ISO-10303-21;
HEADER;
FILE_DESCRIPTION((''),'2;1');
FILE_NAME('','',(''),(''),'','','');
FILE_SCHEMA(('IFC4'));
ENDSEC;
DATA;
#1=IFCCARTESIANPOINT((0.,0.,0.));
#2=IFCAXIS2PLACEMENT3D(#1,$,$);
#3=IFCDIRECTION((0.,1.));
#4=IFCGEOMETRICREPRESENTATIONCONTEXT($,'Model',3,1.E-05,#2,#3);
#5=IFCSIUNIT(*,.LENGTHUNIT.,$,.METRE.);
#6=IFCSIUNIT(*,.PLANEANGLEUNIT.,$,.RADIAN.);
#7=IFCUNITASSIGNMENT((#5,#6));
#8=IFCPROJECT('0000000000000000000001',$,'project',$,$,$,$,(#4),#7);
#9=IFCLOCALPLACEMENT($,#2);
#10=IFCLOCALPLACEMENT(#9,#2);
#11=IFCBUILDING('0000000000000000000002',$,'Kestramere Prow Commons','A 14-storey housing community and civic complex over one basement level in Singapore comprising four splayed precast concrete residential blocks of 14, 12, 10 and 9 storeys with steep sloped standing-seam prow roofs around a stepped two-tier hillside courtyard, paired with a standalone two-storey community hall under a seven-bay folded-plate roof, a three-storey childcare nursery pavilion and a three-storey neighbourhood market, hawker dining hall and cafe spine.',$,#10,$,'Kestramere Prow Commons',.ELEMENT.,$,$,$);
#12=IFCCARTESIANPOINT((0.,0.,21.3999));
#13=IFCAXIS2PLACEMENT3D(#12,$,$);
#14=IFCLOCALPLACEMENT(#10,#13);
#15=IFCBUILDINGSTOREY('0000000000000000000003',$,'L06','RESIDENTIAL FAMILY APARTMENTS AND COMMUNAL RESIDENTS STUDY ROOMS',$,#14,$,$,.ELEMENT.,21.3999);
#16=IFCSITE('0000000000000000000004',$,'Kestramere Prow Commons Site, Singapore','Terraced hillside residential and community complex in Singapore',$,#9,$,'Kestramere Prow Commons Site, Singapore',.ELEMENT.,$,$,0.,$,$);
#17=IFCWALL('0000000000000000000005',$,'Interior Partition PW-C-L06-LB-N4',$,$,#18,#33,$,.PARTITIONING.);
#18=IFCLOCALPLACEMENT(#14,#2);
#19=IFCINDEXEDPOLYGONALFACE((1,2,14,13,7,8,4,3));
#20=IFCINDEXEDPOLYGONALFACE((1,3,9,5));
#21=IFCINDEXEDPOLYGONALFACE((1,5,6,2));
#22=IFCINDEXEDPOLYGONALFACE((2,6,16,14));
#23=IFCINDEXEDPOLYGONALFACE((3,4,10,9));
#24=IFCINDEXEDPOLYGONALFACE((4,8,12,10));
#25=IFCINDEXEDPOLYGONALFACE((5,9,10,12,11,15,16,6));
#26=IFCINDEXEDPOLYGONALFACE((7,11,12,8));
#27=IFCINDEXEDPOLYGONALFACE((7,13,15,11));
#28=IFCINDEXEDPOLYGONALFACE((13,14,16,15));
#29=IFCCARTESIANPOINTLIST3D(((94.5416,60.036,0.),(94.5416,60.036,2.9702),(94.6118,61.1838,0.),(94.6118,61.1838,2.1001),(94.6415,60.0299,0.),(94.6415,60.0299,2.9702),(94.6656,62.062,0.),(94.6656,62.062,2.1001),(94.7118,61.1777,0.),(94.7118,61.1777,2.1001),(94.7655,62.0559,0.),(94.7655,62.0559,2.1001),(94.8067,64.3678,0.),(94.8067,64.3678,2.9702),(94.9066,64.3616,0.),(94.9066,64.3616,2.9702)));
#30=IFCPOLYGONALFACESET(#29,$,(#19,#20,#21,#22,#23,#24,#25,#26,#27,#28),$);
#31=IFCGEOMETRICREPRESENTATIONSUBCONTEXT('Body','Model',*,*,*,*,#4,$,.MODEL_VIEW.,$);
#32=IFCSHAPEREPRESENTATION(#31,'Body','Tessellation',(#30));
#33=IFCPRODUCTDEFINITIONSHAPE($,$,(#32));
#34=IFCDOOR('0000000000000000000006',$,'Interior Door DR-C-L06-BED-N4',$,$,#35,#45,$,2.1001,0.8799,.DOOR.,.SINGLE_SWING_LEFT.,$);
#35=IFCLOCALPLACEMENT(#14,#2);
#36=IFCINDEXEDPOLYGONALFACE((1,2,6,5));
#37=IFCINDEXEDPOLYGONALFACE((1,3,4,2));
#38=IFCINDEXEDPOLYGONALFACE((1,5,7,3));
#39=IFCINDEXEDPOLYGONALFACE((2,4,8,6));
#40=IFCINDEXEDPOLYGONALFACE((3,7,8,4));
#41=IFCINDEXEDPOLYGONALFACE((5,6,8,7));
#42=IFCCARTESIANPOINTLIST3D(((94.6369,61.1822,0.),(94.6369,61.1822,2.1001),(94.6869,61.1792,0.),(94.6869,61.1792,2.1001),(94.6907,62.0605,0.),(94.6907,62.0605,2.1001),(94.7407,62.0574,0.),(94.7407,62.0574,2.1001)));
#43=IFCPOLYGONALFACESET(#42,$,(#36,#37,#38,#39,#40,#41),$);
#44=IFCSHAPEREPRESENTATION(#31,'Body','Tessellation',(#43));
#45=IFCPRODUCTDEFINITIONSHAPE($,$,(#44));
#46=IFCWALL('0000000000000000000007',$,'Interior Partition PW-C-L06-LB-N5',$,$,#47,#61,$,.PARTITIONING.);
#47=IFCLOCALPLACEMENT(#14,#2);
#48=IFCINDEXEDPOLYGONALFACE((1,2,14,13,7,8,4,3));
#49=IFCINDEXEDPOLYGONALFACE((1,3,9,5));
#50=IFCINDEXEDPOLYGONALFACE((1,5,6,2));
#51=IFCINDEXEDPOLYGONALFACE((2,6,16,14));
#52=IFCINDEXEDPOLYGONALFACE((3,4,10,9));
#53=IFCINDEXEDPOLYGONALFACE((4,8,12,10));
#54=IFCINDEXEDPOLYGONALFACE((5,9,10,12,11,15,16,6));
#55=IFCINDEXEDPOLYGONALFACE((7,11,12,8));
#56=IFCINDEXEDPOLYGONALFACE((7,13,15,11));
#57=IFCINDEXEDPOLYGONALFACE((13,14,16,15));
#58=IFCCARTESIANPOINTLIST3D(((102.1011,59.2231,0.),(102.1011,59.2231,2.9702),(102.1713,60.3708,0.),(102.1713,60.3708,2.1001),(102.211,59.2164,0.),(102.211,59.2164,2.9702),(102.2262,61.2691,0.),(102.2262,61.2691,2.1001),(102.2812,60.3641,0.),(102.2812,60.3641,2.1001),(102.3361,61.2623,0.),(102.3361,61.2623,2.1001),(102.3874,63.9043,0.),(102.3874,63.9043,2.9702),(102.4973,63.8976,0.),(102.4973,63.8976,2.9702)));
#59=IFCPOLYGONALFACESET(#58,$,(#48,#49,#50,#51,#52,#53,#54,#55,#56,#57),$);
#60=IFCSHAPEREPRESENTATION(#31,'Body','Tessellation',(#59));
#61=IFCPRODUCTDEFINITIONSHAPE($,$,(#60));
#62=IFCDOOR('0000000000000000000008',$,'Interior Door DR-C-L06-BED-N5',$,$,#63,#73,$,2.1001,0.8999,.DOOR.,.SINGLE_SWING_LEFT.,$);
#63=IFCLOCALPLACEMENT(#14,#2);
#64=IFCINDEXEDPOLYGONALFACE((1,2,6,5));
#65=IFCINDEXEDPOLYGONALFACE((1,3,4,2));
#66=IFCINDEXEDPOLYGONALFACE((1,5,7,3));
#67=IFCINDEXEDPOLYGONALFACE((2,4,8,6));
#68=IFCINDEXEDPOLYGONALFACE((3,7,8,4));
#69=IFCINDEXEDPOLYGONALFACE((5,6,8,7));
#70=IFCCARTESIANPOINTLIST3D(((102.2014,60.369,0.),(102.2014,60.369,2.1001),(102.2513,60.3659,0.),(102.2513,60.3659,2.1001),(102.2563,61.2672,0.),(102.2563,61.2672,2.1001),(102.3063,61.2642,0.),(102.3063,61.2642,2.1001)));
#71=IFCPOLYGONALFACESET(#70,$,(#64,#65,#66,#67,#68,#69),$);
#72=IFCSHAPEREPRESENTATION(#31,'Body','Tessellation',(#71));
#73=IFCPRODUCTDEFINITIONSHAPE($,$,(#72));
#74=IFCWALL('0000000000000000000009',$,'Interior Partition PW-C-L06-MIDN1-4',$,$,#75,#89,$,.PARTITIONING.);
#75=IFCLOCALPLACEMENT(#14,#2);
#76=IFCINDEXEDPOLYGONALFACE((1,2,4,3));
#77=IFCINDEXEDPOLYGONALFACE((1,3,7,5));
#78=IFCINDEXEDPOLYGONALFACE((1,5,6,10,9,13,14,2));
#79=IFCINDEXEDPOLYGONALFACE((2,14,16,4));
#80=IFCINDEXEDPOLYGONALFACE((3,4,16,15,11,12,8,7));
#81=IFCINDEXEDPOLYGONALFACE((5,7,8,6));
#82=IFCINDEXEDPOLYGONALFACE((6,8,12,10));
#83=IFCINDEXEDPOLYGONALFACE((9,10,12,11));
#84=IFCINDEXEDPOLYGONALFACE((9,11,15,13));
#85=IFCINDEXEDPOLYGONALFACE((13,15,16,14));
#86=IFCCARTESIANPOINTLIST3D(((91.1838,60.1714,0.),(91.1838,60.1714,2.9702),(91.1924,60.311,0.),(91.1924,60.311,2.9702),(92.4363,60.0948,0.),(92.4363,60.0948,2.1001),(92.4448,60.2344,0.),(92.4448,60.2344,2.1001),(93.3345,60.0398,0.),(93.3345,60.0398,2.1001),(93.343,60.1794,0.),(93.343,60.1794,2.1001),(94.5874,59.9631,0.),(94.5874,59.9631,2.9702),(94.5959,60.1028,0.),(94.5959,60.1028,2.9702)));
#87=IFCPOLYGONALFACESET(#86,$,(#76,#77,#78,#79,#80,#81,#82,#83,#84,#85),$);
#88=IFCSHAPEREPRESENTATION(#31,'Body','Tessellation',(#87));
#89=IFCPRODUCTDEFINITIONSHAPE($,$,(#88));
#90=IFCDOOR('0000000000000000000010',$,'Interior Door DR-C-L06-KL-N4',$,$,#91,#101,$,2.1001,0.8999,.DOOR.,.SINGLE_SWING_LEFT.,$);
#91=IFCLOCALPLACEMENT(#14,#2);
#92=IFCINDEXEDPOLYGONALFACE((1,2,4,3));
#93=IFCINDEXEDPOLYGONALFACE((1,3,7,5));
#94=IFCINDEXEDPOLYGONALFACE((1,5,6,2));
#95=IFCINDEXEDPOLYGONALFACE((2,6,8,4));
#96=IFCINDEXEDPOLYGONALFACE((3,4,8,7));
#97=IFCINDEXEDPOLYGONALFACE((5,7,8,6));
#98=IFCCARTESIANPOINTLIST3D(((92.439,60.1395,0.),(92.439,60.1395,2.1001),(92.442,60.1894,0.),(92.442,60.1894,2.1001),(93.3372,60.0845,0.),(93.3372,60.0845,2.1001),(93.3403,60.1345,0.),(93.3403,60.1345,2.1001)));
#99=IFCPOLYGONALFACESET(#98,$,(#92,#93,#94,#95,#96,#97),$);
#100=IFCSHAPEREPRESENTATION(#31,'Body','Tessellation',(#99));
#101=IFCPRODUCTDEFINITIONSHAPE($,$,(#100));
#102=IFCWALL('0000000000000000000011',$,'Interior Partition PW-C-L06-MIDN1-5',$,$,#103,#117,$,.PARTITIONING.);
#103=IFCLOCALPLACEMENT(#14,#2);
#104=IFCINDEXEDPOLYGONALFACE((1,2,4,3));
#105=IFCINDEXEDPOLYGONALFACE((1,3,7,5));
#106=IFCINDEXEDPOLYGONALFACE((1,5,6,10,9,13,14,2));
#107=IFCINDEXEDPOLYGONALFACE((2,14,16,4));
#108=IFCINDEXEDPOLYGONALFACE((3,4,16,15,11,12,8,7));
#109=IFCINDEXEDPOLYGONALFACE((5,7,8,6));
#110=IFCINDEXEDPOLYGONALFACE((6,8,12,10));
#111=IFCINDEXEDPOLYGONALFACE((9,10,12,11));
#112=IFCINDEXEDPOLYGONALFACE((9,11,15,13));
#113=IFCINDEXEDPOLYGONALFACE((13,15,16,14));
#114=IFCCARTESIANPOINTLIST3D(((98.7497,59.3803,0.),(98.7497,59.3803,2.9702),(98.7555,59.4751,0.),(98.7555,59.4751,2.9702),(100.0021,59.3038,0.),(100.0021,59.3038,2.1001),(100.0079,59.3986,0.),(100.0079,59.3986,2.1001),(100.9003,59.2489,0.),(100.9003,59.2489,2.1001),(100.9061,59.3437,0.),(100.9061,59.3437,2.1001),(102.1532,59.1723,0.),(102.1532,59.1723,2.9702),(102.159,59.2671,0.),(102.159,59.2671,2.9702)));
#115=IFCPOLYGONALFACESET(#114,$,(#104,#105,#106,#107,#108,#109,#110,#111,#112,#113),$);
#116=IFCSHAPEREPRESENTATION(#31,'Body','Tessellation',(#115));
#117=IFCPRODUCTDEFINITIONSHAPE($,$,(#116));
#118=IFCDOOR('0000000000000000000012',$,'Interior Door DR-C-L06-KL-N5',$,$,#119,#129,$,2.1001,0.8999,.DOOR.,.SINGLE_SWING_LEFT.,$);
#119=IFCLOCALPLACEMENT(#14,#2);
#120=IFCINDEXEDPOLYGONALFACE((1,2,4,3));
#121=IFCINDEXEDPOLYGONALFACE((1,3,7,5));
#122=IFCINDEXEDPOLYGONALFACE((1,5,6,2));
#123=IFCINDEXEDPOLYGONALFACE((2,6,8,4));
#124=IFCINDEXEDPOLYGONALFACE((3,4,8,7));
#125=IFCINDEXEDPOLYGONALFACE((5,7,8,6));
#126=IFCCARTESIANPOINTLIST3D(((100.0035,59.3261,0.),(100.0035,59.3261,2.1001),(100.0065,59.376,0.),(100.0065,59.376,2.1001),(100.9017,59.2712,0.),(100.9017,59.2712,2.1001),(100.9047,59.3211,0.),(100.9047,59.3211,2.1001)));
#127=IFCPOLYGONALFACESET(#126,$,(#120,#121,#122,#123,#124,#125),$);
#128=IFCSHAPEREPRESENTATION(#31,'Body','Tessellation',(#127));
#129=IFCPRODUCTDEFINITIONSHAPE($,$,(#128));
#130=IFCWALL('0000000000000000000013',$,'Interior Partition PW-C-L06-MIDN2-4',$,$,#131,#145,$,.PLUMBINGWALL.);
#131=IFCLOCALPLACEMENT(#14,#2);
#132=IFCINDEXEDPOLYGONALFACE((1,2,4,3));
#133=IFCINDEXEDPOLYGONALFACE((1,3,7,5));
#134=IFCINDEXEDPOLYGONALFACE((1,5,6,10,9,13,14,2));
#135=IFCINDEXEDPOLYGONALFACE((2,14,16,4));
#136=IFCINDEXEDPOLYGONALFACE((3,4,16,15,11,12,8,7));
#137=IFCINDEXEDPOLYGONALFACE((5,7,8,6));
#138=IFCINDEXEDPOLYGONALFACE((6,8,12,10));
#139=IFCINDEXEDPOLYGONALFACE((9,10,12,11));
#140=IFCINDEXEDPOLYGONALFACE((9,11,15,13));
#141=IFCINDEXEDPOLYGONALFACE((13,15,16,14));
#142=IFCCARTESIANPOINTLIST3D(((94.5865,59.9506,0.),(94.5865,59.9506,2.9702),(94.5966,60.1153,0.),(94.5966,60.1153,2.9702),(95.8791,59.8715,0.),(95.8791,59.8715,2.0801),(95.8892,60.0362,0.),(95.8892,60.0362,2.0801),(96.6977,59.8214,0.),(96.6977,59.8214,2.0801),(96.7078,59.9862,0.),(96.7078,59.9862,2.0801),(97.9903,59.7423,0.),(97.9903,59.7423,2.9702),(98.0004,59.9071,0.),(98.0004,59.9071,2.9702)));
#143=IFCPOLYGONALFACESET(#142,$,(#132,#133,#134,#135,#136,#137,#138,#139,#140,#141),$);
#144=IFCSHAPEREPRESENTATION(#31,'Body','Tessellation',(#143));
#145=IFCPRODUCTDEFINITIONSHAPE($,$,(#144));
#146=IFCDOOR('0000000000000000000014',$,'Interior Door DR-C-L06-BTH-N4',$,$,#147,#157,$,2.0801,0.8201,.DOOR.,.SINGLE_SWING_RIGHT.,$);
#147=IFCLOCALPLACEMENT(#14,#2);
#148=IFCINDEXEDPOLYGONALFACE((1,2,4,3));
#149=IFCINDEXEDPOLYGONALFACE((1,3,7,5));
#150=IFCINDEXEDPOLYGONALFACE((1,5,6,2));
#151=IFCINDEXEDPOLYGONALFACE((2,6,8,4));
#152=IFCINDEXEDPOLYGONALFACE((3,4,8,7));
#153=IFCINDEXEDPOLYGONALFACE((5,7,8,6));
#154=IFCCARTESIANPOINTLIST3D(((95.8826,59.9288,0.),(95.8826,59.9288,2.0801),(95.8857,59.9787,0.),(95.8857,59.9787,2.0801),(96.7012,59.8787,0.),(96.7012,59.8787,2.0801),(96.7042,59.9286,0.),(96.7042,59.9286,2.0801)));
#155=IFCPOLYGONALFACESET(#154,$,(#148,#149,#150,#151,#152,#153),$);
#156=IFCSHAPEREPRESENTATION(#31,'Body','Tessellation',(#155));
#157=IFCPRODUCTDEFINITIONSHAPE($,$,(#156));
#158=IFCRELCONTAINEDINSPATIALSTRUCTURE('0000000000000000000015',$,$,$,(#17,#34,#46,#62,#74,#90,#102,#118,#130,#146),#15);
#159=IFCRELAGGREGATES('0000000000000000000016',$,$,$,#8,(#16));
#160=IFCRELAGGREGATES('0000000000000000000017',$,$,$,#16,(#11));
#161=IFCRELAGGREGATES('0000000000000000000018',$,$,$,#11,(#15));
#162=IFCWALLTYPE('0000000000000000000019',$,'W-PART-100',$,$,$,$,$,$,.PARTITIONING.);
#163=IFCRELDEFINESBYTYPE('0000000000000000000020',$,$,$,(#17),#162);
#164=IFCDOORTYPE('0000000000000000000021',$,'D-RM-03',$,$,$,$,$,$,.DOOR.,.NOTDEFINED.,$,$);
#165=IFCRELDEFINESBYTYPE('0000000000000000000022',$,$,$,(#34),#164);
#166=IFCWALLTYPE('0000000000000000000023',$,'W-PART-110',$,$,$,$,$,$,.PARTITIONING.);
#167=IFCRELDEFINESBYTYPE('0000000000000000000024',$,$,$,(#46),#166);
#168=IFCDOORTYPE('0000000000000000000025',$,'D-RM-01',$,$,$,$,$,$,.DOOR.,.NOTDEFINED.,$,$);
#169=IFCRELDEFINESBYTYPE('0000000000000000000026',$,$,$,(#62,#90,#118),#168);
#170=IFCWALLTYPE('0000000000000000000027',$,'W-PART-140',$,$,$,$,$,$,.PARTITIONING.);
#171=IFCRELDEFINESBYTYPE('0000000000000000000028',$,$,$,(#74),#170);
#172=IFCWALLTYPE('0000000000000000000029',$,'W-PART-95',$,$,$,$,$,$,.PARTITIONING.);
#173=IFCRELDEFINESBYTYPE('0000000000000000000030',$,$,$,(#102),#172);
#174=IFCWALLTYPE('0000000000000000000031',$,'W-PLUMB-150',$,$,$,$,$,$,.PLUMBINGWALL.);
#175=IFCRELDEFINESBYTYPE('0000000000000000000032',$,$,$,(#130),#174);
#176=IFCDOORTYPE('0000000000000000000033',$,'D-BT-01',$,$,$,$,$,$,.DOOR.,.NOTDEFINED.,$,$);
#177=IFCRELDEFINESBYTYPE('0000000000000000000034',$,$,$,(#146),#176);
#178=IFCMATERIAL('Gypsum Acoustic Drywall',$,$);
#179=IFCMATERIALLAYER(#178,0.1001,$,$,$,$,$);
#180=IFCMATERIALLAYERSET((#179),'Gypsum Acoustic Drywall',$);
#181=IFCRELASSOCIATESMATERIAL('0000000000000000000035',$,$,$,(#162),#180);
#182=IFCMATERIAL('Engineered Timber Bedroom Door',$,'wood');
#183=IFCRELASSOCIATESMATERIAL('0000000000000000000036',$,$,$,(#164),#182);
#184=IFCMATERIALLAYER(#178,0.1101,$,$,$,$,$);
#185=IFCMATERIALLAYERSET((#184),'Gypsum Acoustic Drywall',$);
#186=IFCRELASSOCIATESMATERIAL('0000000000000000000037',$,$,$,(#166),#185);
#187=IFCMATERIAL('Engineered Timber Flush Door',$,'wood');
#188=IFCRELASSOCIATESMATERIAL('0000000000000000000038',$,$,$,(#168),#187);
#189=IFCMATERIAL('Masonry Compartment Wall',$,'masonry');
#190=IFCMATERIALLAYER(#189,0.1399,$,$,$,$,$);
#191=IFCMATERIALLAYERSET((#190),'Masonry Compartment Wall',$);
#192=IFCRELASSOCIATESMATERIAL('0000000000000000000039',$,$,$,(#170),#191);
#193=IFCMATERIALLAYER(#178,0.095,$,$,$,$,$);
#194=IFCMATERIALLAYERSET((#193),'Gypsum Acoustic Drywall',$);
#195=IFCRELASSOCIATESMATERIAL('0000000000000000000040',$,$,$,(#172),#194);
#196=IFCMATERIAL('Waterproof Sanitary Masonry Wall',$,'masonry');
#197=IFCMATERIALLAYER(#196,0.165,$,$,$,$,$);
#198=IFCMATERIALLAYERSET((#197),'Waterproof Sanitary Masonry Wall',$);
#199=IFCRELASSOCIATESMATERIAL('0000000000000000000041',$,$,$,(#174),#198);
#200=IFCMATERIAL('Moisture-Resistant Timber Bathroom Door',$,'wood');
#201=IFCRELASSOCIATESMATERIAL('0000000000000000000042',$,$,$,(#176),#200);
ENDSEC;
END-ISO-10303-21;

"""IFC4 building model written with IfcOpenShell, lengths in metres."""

from ifc_helpers import new_model, si_unit, direction, frame, frame_2d, origin, place, context, subcontext, project, spatial, rectangle, extrude, material, layer, layer_set, type_object, element, fill, save


model = new_model("IFC4")

# Units and contexts
model_context = context("Model", 3, precision=1e-05, world=origin(), true_north=direction((0.0, 1.0)))
body_context = subcontext(model_context, "Body", "Model", "MODEL_VIEW")
ifc_project = project(units=[si_unit("LENGTHUNIT", "METRE"), si_unit("PLANEANGLEUNIT", "RADIAN")], contexts=[model_context])

# Site, building, storey
site_placement = place(None, origin())
site = spatial("IfcSite", under=ifc_project, at=site_placement, Name="Kestramere Prow Commons Site, Singapore", Description="Terraced hillside residential and community complex in Singapore", LongName="Kestramere Prow Commons Site, Singapore", CompositionType="ELEMENT", RefElevation=0.0)
building_placement = place(site_placement, origin())
building = spatial("IfcBuilding", under=site, at=building_placement, Name="Kestramere Prow Commons", Description="A 14-storey housing community and civic complex over one basement level in Singapore comprising four splayed precast concrete residential blocks of 14, 12, 10 and 9 storeys with steep sloped standing-seam prow roofs around a stepped two-tier hillside courtyard, paired with a standalone two-storey community hall under a seven-bay folded-plate roof, a three-storey childcare nursery pavilion and a three-storey neighbourhood market, hawker dining hall and cafe spine.", LongName="Kestramere Prow Commons", CompositionType="ELEMENT")
storey_placement = place(building_placement, frame((0.0, 0.0, 21.3999)))
storey = spatial("IfcBuildingStorey", under=building, at=storey_placement, Name="L06", Description="RESIDENTIAL FAMILY APARTMENTS AND COMMUNAL RESIDENTS STUDY ROOMS", CompositionType="ELEMENT", Elevation=21.3999)

# Walls, openings, doors
ifc_material_1 = material(Name="Gypsum Acoustic Drywall")
ifc_layer_1 = layer(ifc_material_1, 0.1001)
ifc_layer_set_1 = layer_set([ifc_layer_1], Name="Gypsum Acoustic Drywall")
wall_type_1 = type_object("IfcWallType", Name="W-PART-100", PredefinedType="PARTITIONING", material=ifc_layer_set_1)
wall_1_placement = place(storey_placement, frame((94.5916, 60.033, 0.0), z_axis=(0.0, 0.0, 1.0), x_axis=(0.061093, 0.998132, 0.0)))
wall_1 = element("IfcWall", 1, at=wall_1_placement, inside=storey, type_object=wall_type_1, Name="Interior Partition PW-C-L06-LB-N4", PredefinedType="PARTITIONING", context=body_context, shape_type="SweptSolid", body=[
    extrude(rectangle(XDim=4.3398, YDim=0.1001, at=frame_2d((2.1699, 0.0))), origin(), (0.0, 0.0, 1.0), 2.9702),
])
opening_1_placement = place(wall_1_placement, frame((1.1499, 0.0, 0.0)))
opening_1 = element("IfcOpeningElement", 2, at=opening_1_placement, cuts=wall_1, PredefinedType="OPENING", context=body_context, shape_type="SweptSolid", body=[
    extrude(rectangle(XDim=0.8799, YDim=2.1001, at=frame_2d((0.4399, 1.05))), frame((0.0, 0.0649, 0.0), z_axis=(0.0, -1.0, 0.0), x_axis=(1.0, 0.0, 0.0)), (0.0, 0.0, 1.0), 0.1301),
])
ifc_material_2 = material(Name="Engineered Timber Bedroom Door", Category="wood")
door_type_1 = type_object("IfcDoorType", Name="D-RM-03", OperationType="NOTDEFINED", PredefinedType="DOOR", material=ifc_material_2)
door_1_placement = place(opening_1_placement, origin())
door_1 = element("IfcDoor", 3, at=door_1_placement, inside=storey, type_object=door_type_1, Name="Interior Door DR-C-L06-BED-N4", OperationType="SINGLE_SWING_LEFT", OverallHeight=2.1001, OverallWidth=0.8799, PredefinedType="DOOR", context=body_context, shape_type="SweptSolid", body=[
    extrude(rectangle(XDim=0.8799, YDim=2.1001, at=frame_2d((0.4399, 1.05))), frame((0.0, 0.0249, 0.0), z_axis=(0.0, -1.0, 0.0), x_axis=(1.0, 0.0, 0.0)), (0.0, 0.0, 1.0), 0.05),
])
fill(opening_1, door_1)
ifc_layer_2 = layer(ifc_material_1, 0.1101)
ifc_layer_set_2 = layer_set([ifc_layer_2], Name="Gypsum Acoustic Drywall")
wall_type_2 = type_object("IfcWallType", Name="W-PART-110", PredefinedType="PARTITIONING", material=ifc_layer_set_2)
wall_2_placement = place(storey_placement, frame((102.156, 59.2197, 0.0), z_axis=(0.0, 0.0, 1.0), x_axis=(0.061062, 0.998134, 0.0)))
wall_2 = element("IfcWall", 4, at=wall_2_placement, inside=storey, type_object=wall_type_2, Name="Interior Partition PW-C-L06-LB-N5", PredefinedType="PARTITIONING", context=body_context, shape_type="SweptSolid", body=[
    extrude(rectangle(XDim=4.6899, YDim=0.1101, at=frame_2d((2.345, 0.0))), origin(), (0.0, 0.0, 1.0), 2.9702),
])
opening_2_placement = place(wall_2_placement, frame((1.1499, 0.0, 0.0)))
opening_2 = element("IfcOpeningElement", 5, at=opening_2_placement, cuts=wall_2, PredefinedType="OPENING", context=body_context, shape_type="SweptSolid", body=[
    extrude(rectangle(XDim=0.8999, YDim=2.1001, at=frame_2d((0.45, 1.05))), frame((0.0, 0.0701, 0.0), z_axis=(0.0, -1.0, 0.0), x_axis=(1.0, 0.0, 0.0)), (0.0, 0.0, 1.0), 0.1401),
])
ifc_material_3 = material(Name="Engineered Timber Flush Door", Category="wood")
door_type_2 = type_object("IfcDoorType", Name="D-RM-01", OperationType="NOTDEFINED", PredefinedType="DOOR", material=ifc_material_3)
door_2_placement = place(opening_2_placement, origin())
door_2 = element("IfcDoor", 6, at=door_2_placement, inside=storey, type_object=door_type_2, Name="Interior Door DR-C-L06-BED-N5", OperationType="SINGLE_SWING_LEFT", OverallHeight=2.1001, OverallWidth=0.8999, PredefinedType="DOOR", context=body_context, shape_type="SweptSolid", body=[
    extrude(rectangle(XDim=0.8999, YDim=2.1001, at=frame_2d((0.45, 1.05))), frame((0.0, 0.0249, 0.0), z_axis=(0.0, -1.0, 0.0), x_axis=(1.0, 0.0, 0.0)), (0.0, 0.0, 1.0), 0.05),
])
fill(opening_2, door_2)
ifc_material_4 = material(Name="Masonry Compartment Wall", Category="masonry")
ifc_layer_3 = layer(ifc_material_4, 0.1399)
ifc_layer_set_3 = layer_set([ifc_layer_3], Name="Masonry Compartment Wall")
wall_type_3 = type_object("IfcWallType", Name="W-PART-140", PredefinedType="PARTITIONING", material=ifc_layer_set_3)
wall_3_placement = place(storey_placement, frame((91.188, 60.2412, 0.0), z_axis=(0.0, 0.0, 1.0), x_axis=(0.998133, -0.061072, 0.0)))
wall_3 = element("IfcWall", 7, at=wall_3_placement, inside=storey, type_object=wall_type_3, Name="Interior Partition PW-C-L06-MIDN1-4", PredefinedType="PARTITIONING", context=body_context, shape_type="SweptSolid", body=[
    extrude(rectangle(XDim=3.4099, YDim=0.1399, at=frame_2d((1.7051, 0.0))), origin(), (0.0, 0.0, 1.0), 2.9702),
])
opening_3_placement = place(wall_3_placement, frame((1.2549, 0.0, 0.0)))
opening_3 = element("IfcOpeningElement", 8, at=opening_3_placement, cuts=wall_3, PredefinedType="OPENING", context=body_context, shape_type="SweptSolid", body=[
    extrude(rectangle(XDim=0.8999, YDim=2.1001, at=frame_2d((0.45, 1.05))), frame((0.0, 0.085, 0.0), z_axis=(0.0, -1.0, 0.0), x_axis=(1.0, 0.0, 0.0)), (0.0, 0.0, 1.0), 0.1699),
])
door_3_placement = place(opening_3_placement, origin())
door_3 = element("IfcDoor", 9, at=door_3_placement, inside=storey, type_object=door_type_2, Name="Interior Door DR-C-L06-KL-N4", OperationType="SINGLE_SWING_LEFT", OverallHeight=2.1001, OverallWidth=0.8999, PredefinedType="DOOR", context=body_context, shape_type="SweptSolid", body=[
    extrude(rectangle(XDim=0.8999, YDim=2.1001, at=frame_2d((0.45, 1.05))), frame((0.0, 0.0249, 0.0), z_axis=(0.0, -1.0, 0.0), x_axis=(1.0, 0.0, 0.0)), (0.0, 0.0, 1.0), 0.05),
])
fill(opening_3, door_3)
ifc_layer_4 = layer(ifc_material_1, 0.095)
ifc_layer_set_4 = layer_set([ifc_layer_4], Name="Gypsum Acoustic Drywall")
wall_type_4 = type_object("IfcWallType", Name="W-PART-95", PredefinedType="PARTITIONING", material=ifc_layer_set_4)
wall_4_placement = place(storey_placement, frame((98.7524, 59.4277, 0.0), z_axis=(0.0, 0.0, 1.0), x_axis=(0.998138, -0.061001, 0.0)))
wall_4 = element("IfcWall", 10, at=wall_4_placement, inside=storey, type_object=wall_type_4, Name="Interior Partition PW-C-L06-MIDN1-5", PredefinedType="PARTITIONING", context=body_context, shape_type="SweptSolid", body=[
    extrude(rectangle(XDim=3.4099, YDim=0.095, at=frame_2d((1.7051, 0.0))), origin(), (0.0, 0.0, 1.0), 2.9702),
])
opening_4_placement = place(wall_4_placement, frame((1.2549, 0.0, 0.0)))
opening_4 = element("IfcOpeningElement", 11, at=opening_4_placement, cuts=wall_4, PredefinedType="OPENING", context=body_context, shape_type="SweptSolid", body=[
    extrude(rectangle(XDim=0.8999, YDim=2.1001, at=frame_2d((0.45, 1.05))), frame((0.0, 0.0625, 0.0), z_axis=(0.0, -1.0, 0.0), x_axis=(1.0, 0.0, 0.0)), (0.0, 0.0, 1.0), 0.125),
])
door_4_placement = place(opening_4_placement, origin())
door_4 = element("IfcDoor", 12, at=door_4_placement, inside=storey, type_object=door_type_2, Name="Interior Door DR-C-L06-KL-N5", OperationType="SINGLE_SWING_LEFT", OverallHeight=2.1001, OverallWidth=0.8999, PredefinedType="DOOR", context=body_context, shape_type="SweptSolid", body=[
    extrude(rectangle(XDim=0.8999, YDim=2.1001, at=frame_2d((0.45, 1.05))), frame((0.0, 0.0249, 0.0), z_axis=(0.0, -1.0, 0.0), x_axis=(1.0, 0.0, 0.0)), (0.0, 0.0, 1.0), 0.05),
])
fill(opening_4, door_4)
ifc_material_5 = material(Name="Waterproof Sanitary Masonry Wall", Category="masonry")
ifc_layer_5 = layer(ifc_material_5, 0.165)
ifc_layer_set_5 = layer_set([ifc_layer_5], Name="Waterproof Sanitary Masonry Wall")
wall_type_5 = type_object("IfcWallType", Name="W-PLUMB-150", PredefinedType="PLUMBINGWALL", material=ifc_layer_set_5)
wall_5_placement = place(storey_placement, frame((94.5916, 60.033, 0.0), z_axis=(0.0, 0.0, 1.0), x_axis=(0.998134, -0.061068, 0.0)))
wall_5 = element("IfcWall", 13, at=wall_5_placement, inside=storey, type_object=wall_type_5, Name="Interior Partition PW-C-L06-MIDN2-4", PredefinedType="PLUMBINGWALL", context=body_context, shape_type="SweptSolid", body=[
    extrude(rectangle(XDim=3.4102, YDim=0.165, at=frame_2d((1.7051, 0.0))), origin(), (0.0, 0.0, 1.0), 2.9702),
])
opening_5_placement = place(wall_5_placement, frame((1.2949, 0.0, 0.0)))
opening_5 = element("IfcOpeningElement", 14, at=opening_5_placement, cuts=wall_5, PredefinedType="OPENING", context=body_context, shape_type="SweptSolid", body=[
    extrude(rectangle(XDim=0.8201, YDim=2.0801, at=frame_2d((0.4102, 1.04))), frame((0.0, 0.0974, 0.0), z_axis=(0.0, -1.0, 0.0), x_axis=(1.0, 0.0, 0.0)), (0.0, 0.0, 1.0), 0.1951),
])
ifc_material_6 = material(Name="Moisture-Resistant Timber Bathroom Door", Category="wood")
door_type_3 = type_object("IfcDoorType", Name="D-BT-01", OperationType="NOTDEFINED", PredefinedType="DOOR", material=ifc_material_6)
door_5_placement = place(opening_5_placement, origin())
door_5 = element("IfcDoor", 15, at=door_5_placement, inside=storey, type_object=door_type_3, Name="Interior Door DR-C-L06-BTH-N4", OperationType="SINGLE_SWING_RIGHT", OverallHeight=2.0801, OverallWidth=0.8201, PredefinedType="DOOR", context=body_context, shape_type="SweptSolid", body=[
    extrude(rectangle(XDim=0.8201, YDim=2.0801, at=frame_2d((0.4102, 1.04))), frame((0.0, 0.0249, 0.0), z_axis=(0.0, -1.0, 0.0), x_axis=(1.0, 0.0, 0.0)), (0.0, 0.0, 1.0), 0.05),
])
fill(opening_5, door_5)

save(model, "model.ifc")
